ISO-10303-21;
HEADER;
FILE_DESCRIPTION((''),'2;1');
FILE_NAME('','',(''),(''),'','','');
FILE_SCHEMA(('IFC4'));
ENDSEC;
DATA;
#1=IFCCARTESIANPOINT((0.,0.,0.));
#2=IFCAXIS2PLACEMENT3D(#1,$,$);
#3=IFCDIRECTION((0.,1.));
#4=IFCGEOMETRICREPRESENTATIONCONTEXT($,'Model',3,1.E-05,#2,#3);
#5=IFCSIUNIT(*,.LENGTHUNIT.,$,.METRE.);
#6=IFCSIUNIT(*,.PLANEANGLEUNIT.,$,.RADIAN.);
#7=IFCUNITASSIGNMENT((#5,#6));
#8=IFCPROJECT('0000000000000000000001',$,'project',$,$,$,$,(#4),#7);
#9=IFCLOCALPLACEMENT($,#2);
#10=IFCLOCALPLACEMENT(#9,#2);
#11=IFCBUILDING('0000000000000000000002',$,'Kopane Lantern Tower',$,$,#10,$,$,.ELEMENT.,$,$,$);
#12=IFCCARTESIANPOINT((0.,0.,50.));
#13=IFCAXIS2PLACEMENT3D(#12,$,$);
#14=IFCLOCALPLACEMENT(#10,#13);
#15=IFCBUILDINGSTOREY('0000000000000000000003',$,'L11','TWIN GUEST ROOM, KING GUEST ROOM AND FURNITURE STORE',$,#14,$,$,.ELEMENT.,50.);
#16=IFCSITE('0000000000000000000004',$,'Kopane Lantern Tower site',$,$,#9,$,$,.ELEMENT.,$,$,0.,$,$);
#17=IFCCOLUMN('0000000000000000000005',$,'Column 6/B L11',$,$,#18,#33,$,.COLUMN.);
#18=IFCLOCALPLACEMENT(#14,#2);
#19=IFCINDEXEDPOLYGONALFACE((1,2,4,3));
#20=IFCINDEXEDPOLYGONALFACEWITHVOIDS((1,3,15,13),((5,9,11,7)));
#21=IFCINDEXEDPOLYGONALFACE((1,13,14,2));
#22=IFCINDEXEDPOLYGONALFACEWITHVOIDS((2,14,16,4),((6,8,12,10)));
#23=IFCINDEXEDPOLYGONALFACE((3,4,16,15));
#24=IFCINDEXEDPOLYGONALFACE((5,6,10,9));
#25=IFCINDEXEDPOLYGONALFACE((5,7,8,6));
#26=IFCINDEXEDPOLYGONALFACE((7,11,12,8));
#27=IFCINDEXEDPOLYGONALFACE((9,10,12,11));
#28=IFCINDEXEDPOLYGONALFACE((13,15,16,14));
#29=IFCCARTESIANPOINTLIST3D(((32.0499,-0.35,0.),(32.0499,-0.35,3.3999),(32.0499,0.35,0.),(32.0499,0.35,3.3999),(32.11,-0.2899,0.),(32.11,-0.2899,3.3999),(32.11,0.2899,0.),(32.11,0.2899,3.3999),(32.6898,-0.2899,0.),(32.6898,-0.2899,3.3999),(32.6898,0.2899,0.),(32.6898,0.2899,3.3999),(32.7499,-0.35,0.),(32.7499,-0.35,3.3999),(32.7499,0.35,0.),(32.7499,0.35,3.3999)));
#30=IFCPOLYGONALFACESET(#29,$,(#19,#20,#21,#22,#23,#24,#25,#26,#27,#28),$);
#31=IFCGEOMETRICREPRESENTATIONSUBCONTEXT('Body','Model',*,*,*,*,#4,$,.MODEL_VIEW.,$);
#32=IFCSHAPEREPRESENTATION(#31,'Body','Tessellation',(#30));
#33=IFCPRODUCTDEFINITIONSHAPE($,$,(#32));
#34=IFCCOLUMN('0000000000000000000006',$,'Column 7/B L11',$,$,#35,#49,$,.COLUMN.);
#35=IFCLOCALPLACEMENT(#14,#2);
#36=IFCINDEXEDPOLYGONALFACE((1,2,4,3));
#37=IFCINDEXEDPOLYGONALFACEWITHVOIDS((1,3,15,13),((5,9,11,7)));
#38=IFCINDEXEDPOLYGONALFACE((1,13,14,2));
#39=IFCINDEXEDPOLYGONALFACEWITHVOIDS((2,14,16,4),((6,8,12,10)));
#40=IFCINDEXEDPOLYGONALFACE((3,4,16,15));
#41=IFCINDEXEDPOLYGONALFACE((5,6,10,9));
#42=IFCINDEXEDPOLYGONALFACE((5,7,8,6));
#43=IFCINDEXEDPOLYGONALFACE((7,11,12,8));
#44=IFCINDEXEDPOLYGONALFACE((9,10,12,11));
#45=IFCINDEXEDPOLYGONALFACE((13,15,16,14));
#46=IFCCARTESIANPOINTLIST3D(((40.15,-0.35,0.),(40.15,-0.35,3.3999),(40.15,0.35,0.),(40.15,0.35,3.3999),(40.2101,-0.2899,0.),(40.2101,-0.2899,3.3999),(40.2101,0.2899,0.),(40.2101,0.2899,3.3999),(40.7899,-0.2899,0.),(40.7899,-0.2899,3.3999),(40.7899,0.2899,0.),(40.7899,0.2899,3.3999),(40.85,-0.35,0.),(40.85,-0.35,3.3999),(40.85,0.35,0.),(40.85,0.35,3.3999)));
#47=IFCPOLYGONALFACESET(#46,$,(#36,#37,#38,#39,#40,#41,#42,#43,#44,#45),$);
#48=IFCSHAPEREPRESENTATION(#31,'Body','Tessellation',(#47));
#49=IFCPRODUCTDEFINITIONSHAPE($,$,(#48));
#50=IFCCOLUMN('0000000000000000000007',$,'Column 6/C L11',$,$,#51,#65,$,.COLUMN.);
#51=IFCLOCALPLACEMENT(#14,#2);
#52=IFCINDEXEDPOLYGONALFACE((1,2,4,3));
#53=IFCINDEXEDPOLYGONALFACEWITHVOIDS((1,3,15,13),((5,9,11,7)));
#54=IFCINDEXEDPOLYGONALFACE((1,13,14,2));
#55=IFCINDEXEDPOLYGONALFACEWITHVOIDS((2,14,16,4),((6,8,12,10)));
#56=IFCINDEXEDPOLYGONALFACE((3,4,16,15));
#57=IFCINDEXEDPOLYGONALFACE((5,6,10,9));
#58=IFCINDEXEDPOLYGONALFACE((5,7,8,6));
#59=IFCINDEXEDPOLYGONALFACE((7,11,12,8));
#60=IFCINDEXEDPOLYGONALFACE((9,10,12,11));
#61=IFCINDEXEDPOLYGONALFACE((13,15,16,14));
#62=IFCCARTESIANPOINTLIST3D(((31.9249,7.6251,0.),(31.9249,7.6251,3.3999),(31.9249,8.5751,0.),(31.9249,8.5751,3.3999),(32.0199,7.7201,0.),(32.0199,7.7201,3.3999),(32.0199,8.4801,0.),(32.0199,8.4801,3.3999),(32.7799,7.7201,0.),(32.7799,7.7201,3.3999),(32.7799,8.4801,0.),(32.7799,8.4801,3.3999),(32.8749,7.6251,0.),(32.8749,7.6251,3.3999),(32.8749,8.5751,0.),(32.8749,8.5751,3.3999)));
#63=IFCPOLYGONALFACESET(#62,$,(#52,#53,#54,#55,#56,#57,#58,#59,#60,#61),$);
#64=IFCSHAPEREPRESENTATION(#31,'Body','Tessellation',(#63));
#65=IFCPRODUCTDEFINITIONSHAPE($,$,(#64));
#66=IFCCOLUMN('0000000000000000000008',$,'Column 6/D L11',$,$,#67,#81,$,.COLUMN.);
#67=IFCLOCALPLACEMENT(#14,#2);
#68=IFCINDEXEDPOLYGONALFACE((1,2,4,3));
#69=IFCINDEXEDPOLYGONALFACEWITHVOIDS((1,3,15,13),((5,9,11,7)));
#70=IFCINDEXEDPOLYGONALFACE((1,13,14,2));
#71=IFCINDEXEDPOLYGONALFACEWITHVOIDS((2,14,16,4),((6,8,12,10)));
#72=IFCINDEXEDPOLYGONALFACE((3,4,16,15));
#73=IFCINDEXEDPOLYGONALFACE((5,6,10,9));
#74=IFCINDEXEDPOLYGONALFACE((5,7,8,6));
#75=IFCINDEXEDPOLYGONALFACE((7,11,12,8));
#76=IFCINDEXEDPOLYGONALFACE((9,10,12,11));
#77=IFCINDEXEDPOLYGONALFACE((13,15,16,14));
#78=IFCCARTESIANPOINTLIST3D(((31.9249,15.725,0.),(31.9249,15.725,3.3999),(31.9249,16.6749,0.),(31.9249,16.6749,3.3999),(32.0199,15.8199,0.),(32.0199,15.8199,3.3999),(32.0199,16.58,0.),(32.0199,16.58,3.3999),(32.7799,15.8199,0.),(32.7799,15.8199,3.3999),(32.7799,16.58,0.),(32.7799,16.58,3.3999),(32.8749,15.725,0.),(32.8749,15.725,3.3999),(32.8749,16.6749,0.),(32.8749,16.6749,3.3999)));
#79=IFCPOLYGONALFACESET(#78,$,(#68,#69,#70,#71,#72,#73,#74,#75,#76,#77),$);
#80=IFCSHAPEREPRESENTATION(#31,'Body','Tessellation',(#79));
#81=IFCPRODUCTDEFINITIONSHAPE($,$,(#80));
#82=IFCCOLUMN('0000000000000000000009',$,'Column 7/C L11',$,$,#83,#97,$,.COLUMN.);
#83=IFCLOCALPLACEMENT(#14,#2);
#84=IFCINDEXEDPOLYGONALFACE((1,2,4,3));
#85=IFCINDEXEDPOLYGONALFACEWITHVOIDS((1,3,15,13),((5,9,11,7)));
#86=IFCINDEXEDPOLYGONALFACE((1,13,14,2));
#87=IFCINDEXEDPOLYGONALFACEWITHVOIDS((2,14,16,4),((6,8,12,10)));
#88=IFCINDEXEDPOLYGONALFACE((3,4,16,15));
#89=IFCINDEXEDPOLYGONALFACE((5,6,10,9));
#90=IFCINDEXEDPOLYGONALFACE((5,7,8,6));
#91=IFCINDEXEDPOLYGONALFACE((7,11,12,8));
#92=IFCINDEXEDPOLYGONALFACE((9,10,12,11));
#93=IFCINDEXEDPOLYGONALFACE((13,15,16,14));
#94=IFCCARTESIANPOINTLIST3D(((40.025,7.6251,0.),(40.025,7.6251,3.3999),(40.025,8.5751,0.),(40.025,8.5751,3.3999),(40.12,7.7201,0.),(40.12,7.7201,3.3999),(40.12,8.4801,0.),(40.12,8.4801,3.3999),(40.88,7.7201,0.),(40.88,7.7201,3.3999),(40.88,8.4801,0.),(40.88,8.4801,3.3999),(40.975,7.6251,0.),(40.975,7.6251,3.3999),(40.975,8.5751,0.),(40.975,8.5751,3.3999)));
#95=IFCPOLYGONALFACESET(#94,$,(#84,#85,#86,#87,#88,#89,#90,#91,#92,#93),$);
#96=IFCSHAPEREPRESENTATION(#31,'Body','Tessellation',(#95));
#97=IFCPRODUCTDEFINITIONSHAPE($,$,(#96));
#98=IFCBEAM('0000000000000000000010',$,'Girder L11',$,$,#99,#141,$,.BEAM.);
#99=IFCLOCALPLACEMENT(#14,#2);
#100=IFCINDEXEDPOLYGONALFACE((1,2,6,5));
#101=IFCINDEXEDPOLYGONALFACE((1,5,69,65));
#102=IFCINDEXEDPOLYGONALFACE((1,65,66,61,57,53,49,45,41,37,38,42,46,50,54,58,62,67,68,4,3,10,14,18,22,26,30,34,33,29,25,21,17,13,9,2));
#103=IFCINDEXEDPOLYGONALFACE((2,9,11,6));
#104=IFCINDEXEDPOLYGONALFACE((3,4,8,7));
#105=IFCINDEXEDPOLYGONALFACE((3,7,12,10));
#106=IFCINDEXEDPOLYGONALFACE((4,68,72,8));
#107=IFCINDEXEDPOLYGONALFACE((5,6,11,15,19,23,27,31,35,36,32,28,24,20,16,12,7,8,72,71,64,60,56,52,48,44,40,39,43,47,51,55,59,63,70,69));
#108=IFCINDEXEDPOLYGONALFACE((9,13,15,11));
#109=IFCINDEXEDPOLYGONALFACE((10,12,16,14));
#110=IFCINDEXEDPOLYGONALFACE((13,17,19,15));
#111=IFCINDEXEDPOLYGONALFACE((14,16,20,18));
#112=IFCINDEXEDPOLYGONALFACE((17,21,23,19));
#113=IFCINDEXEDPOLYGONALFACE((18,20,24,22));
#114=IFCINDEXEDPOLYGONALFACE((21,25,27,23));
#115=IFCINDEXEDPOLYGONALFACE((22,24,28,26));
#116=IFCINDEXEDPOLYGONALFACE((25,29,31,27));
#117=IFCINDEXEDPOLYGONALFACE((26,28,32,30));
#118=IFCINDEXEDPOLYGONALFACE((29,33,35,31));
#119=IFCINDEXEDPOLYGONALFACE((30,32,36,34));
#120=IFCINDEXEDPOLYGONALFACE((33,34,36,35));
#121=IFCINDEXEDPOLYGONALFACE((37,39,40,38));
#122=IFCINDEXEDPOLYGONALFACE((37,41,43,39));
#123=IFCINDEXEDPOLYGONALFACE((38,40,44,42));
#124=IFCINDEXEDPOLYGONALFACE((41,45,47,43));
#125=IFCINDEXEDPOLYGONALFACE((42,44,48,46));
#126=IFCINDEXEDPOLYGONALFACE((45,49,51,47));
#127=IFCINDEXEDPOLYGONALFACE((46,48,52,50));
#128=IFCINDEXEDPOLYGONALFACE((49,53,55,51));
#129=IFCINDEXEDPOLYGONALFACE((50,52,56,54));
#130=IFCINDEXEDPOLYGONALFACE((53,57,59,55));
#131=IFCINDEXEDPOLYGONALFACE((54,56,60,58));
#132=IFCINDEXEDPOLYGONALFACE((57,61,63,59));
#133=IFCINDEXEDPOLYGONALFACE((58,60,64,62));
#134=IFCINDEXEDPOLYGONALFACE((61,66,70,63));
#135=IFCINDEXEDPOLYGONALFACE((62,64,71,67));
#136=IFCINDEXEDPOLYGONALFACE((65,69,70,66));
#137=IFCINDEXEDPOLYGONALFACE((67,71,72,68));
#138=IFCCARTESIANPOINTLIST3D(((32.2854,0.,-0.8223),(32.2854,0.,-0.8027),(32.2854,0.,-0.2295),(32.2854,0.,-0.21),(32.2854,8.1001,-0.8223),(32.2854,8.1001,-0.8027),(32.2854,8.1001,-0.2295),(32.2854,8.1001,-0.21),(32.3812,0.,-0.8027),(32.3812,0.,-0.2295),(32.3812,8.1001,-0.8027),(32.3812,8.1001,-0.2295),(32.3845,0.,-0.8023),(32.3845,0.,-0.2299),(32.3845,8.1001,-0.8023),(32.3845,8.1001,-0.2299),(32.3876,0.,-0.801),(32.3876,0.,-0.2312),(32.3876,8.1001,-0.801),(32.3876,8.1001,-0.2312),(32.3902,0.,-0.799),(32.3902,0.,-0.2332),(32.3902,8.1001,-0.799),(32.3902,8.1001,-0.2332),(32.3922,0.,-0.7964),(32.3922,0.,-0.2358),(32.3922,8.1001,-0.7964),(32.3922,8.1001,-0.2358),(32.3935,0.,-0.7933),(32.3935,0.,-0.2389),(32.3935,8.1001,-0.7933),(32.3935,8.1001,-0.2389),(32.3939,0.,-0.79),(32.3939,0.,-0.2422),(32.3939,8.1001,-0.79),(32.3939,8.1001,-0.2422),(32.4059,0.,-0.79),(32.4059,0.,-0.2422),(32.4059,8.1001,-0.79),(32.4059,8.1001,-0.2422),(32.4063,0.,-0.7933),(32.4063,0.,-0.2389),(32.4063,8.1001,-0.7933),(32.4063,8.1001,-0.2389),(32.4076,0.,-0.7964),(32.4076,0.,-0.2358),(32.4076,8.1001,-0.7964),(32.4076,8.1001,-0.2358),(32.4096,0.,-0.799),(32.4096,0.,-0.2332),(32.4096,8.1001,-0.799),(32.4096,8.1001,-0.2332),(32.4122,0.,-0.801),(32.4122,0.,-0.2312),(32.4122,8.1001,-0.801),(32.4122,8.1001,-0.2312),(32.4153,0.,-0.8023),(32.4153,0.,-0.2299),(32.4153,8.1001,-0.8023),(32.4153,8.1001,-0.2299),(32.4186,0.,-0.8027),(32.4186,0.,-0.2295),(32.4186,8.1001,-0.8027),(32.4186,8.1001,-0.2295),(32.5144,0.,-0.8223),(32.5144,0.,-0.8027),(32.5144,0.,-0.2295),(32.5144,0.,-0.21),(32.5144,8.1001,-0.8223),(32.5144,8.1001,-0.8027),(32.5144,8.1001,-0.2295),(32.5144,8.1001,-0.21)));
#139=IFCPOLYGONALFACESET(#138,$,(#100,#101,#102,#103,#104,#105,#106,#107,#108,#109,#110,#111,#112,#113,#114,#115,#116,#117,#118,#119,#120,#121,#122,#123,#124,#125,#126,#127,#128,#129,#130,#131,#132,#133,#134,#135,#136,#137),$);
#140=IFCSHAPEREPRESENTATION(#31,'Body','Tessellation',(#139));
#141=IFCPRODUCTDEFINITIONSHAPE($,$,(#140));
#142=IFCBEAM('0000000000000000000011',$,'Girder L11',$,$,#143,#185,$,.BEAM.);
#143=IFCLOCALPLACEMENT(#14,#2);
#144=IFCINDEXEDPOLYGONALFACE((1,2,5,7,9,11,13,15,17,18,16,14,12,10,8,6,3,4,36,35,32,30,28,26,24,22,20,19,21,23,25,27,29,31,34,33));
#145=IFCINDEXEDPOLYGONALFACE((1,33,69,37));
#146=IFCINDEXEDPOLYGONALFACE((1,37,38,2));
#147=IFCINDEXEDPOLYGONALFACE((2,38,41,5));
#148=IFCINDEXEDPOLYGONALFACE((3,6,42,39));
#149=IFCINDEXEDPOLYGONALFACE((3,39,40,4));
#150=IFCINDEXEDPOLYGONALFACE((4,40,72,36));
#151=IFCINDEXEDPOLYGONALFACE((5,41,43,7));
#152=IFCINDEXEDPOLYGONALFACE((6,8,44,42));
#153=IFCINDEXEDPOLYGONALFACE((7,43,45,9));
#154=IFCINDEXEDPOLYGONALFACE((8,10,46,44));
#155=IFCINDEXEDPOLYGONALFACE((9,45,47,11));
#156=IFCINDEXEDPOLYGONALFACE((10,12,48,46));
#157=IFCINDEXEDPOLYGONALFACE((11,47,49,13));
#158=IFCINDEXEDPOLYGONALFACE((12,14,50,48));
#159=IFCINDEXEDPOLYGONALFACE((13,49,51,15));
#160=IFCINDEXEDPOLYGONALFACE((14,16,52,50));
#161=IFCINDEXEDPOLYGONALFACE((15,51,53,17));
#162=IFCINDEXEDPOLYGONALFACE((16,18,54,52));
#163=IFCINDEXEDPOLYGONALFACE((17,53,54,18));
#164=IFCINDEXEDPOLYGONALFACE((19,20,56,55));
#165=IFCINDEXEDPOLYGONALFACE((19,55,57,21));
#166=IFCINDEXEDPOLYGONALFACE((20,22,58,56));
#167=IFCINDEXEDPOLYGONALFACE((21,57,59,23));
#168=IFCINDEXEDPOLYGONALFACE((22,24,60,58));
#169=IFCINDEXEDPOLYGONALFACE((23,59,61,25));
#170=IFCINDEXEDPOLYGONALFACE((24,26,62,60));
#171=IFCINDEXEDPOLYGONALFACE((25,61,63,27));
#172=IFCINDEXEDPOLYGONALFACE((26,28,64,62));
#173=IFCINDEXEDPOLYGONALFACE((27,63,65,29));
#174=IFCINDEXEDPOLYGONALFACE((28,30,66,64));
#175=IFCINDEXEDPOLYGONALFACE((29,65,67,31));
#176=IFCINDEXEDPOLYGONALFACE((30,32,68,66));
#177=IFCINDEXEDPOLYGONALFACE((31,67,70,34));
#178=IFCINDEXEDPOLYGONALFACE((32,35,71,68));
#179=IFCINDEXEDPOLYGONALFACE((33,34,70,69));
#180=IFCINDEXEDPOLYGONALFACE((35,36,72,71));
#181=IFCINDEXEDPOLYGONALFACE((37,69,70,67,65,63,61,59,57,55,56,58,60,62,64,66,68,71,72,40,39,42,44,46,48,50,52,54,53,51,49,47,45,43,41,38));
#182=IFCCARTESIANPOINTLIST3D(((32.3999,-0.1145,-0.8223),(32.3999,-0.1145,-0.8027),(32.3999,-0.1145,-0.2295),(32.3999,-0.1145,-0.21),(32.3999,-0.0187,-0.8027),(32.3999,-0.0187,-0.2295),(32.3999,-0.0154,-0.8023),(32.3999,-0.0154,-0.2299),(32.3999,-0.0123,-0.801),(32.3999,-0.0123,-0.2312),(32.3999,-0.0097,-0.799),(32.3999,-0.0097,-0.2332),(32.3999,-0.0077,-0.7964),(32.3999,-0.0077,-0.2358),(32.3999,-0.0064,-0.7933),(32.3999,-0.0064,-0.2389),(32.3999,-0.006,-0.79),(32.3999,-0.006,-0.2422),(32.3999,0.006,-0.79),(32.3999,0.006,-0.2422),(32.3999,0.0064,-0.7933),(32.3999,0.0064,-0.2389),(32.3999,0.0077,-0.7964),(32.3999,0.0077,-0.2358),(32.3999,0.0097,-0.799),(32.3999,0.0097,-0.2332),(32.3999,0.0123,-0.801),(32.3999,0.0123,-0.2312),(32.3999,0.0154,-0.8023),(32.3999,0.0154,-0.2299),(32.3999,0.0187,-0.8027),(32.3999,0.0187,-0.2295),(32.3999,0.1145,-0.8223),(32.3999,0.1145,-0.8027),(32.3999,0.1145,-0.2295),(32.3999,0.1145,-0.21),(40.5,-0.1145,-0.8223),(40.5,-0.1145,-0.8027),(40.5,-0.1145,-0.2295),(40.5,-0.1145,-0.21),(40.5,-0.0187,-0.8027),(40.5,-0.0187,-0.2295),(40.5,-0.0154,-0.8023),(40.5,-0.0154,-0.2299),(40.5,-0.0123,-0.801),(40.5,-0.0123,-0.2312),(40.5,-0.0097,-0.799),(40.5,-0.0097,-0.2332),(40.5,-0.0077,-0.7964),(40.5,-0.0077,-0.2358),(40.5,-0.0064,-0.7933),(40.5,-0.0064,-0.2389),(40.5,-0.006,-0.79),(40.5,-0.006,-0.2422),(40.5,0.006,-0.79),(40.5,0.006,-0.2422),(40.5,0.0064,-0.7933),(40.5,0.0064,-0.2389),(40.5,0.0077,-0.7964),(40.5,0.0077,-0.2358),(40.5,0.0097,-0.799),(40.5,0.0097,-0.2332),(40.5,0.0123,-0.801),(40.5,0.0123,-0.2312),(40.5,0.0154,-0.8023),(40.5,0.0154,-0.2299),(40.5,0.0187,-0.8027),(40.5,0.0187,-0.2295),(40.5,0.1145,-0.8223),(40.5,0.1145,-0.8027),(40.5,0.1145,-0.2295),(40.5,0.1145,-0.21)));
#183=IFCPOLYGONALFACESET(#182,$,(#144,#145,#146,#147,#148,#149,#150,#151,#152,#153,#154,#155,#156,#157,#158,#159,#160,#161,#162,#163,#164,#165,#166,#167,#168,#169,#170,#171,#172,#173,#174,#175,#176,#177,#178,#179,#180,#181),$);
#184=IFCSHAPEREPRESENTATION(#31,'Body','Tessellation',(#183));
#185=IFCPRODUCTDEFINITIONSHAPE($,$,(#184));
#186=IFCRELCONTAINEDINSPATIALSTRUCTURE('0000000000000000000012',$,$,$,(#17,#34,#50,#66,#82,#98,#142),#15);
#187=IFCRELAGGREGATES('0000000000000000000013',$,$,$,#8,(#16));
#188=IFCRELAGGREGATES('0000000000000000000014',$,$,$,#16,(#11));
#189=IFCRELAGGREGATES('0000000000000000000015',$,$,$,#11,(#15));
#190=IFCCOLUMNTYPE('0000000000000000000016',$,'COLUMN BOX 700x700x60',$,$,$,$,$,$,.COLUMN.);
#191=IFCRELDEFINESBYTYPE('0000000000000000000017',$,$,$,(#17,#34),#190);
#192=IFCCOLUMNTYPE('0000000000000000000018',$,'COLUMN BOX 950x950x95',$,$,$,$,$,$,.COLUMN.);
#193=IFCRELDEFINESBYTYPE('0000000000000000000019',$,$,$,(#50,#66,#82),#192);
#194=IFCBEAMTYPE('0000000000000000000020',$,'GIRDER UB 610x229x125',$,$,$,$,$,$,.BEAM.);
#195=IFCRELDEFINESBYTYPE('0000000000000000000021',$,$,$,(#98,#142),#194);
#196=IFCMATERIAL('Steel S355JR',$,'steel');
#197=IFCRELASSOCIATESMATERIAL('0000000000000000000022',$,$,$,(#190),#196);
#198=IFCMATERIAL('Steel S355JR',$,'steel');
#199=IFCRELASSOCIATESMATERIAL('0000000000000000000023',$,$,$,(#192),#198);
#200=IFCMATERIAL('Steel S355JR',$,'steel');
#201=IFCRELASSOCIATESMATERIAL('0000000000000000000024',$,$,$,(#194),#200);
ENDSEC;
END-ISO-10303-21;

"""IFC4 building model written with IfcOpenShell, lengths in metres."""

from ifc_helpers import new_model, si_unit, direction, frame, origin, origin_2d, place, context, subcontext, project, spatial, hollow_rectangle, i_section, extrude, material, material_profile, profile_set, type_object, element, save


model = new_model("IFC4")

# Units and contexts
model_context = context("Model", 3, precision=1e-05, world=origin(), true_north=direction((0.0, 1.0)))
body_context = subcontext(model_context, "Body", "Model", "MODEL_VIEW")
ifc_project = project(units=[si_unit("LENGTHUNIT", "METRE"), si_unit("PLANEANGLEUNIT", "RADIAN")], contexts=[model_context])

# Site, building, storey
site_placement = place(None, origin())
site = spatial("IfcSite", under=ifc_project, at=site_placement, Name="Kopane Lantern Tower site", CompositionType="ELEMENT", RefElevation=0.0)
building_placement = place(site_placement, origin())
building = spatial("IfcBuilding", under=site, at=building_placement, Name="Kopane Lantern Tower", CompositionType="ELEMENT")
storey_placement = place(building_placement, frame((0.0, 0.0, 50.0)))
storey = spatial("IfcBuildingStorey", under=building, at=storey_placement, Name="L11", Description="TWIN GUEST ROOM, KING GUEST ROOM AND FURNITURE STORE", CompositionType="ELEMENT", Elevation=50.0)

# Columns
ifc_material_1 = material(Name="Steel S355JR", Category="steel")
ifc_material_profile_1 = material_profile(ifc_material_1, hollow_rectangle(XDim=0.7, YDim=0.7, WallThickness=0.0601, at=origin_2d()), Name="BOX 700x700x60")
ifc_profile_set_1 = profile_set([ifc_material_profile_1], Name="Steel S355JR")
column_type_1 = type_object("IfcColumnType", Name="COLUMN BOX 700x700x60", PredefinedType="COLUMN", material=ifc_profile_set_1)
for number, where, z_axis, x_axis, name in (
    (1, (32.3999, 0.0, 0.0), (0.0, 0.0, 1.0), (1.0, 0.0, 0.0), "Column 6/B L11"),
    (2, (40.5, 0.0, 0.0), (0.0, 0.0, 1.0), (1.0, 0.0, 0.0), "Column 7/B L11"),
):
    element("IfcColumn", number, at=place(storey_placement, frame(where, z_axis=z_axis, x_axis=x_axis)), inside=storey, type_object=column_type_1, Name=name, PredefinedType="COLUMN", context=body_context, shape_type="SweptSolid", body=[
        extrude(hollow_rectangle(XDim=0.7, YDim=0.7, WallThickness=0.0601, at=origin_2d()), origin(), (0.0, 0.0, 1.0), 3.3999),
    ])
ifc_material_2 = material(Name="Steel S355JR", Category="steel")
ifc_material_profile_2 = material_profile(ifc_material_2, hollow_rectangle(XDim=0.95, YDim=0.95, WallThickness=0.095, at=origin_2d()), Name="BOX 950x950x95")
ifc_profile_set_2 = profile_set([ifc_material_profile_2], Name="Steel S355JR")
column_type_2 = type_object("IfcColumnType", Name="COLUMN BOX 950x950x95", PredefinedType="COLUMN", material=ifc_profile_set_2)
for number, where, z_axis, x_axis, name in (
    (3, (32.3999, 8.1001, 0.0), (0.0, 0.0, 1.0), (1.0, 0.0, 0.0), "Column 6/C L11"),
    (4, (32.3999, 16.2, 0.0), (0.0, 0.0, 1.0), (1.0, 0.0, 0.0), "Column 6/D L11"),
    (5, (40.5, 8.1001, 0.0), (0.0, 0.0, 1.0), (1.0, 0.0, 0.0), "Column 7/C L11"),
):
    element("IfcColumn", number, at=place(storey_placement, frame(where, z_axis=z_axis, x_axis=x_axis)), inside=storey, type_object=column_type_2, Name=name, PredefinedType="COLUMN", context=body_context, shape_type="SweptSolid", body=[
        extrude(hollow_rectangle(XDim=0.95, YDim=0.95, WallThickness=0.095, at=origin_2d()), origin(), (0.0, 0.0, 1.0), 3.3999),
    ])

# Beams
ifc_material_3 = material(Name="Steel S355JR", Category="steel")
ifc_material_profile_3 = material_profile(ifc_material_3, i_section(OverallWidth=0.229, OverallDepth=0.6123, WebThickness=0.012, FlangeThickness=0.0195, FilletRadius=0.0127, at=origin_2d()), Name="UB 610x229x125")
ifc_profile_set_3 = profile_set([ifc_material_profile_3], Name="Steel S355JR")
beam_type = type_object("IfcBeamType", Name="GIRDER UB 610x229x125", PredefinedType="BEAM", material=ifc_profile_set_3)
for number, where, z_axis, x_axis, name in (
    (6, (32.3999, 0.0, -0.5161), (0.0, 1.0, 0.0), (-1.0, 0.0, 0.0), "Girder L11"),
    (7, (32.3999, 0.0, -0.5161), (1.0, 0.0, 0.0), (0.0, 1.0, 0.0), "Girder L11"),
):
    element("IfcBeam", number, at=place(storey_placement, frame(where, z_axis=z_axis, x_axis=x_axis)), inside=storey, type_object=beam_type, Name=name, PredefinedType="BEAM", context=body_context, shape_type="SweptSolid", body=[
        extrude(i_section(OverallWidth=0.229, OverallDepth=0.6123, WebThickness=0.012, FlangeThickness=0.0195, FilletRadius=0.0127, at=origin_2d()), origin(), (0.0, 0.0, 1.0), 8.1001),
    ])

save(model, "model.ifc")
